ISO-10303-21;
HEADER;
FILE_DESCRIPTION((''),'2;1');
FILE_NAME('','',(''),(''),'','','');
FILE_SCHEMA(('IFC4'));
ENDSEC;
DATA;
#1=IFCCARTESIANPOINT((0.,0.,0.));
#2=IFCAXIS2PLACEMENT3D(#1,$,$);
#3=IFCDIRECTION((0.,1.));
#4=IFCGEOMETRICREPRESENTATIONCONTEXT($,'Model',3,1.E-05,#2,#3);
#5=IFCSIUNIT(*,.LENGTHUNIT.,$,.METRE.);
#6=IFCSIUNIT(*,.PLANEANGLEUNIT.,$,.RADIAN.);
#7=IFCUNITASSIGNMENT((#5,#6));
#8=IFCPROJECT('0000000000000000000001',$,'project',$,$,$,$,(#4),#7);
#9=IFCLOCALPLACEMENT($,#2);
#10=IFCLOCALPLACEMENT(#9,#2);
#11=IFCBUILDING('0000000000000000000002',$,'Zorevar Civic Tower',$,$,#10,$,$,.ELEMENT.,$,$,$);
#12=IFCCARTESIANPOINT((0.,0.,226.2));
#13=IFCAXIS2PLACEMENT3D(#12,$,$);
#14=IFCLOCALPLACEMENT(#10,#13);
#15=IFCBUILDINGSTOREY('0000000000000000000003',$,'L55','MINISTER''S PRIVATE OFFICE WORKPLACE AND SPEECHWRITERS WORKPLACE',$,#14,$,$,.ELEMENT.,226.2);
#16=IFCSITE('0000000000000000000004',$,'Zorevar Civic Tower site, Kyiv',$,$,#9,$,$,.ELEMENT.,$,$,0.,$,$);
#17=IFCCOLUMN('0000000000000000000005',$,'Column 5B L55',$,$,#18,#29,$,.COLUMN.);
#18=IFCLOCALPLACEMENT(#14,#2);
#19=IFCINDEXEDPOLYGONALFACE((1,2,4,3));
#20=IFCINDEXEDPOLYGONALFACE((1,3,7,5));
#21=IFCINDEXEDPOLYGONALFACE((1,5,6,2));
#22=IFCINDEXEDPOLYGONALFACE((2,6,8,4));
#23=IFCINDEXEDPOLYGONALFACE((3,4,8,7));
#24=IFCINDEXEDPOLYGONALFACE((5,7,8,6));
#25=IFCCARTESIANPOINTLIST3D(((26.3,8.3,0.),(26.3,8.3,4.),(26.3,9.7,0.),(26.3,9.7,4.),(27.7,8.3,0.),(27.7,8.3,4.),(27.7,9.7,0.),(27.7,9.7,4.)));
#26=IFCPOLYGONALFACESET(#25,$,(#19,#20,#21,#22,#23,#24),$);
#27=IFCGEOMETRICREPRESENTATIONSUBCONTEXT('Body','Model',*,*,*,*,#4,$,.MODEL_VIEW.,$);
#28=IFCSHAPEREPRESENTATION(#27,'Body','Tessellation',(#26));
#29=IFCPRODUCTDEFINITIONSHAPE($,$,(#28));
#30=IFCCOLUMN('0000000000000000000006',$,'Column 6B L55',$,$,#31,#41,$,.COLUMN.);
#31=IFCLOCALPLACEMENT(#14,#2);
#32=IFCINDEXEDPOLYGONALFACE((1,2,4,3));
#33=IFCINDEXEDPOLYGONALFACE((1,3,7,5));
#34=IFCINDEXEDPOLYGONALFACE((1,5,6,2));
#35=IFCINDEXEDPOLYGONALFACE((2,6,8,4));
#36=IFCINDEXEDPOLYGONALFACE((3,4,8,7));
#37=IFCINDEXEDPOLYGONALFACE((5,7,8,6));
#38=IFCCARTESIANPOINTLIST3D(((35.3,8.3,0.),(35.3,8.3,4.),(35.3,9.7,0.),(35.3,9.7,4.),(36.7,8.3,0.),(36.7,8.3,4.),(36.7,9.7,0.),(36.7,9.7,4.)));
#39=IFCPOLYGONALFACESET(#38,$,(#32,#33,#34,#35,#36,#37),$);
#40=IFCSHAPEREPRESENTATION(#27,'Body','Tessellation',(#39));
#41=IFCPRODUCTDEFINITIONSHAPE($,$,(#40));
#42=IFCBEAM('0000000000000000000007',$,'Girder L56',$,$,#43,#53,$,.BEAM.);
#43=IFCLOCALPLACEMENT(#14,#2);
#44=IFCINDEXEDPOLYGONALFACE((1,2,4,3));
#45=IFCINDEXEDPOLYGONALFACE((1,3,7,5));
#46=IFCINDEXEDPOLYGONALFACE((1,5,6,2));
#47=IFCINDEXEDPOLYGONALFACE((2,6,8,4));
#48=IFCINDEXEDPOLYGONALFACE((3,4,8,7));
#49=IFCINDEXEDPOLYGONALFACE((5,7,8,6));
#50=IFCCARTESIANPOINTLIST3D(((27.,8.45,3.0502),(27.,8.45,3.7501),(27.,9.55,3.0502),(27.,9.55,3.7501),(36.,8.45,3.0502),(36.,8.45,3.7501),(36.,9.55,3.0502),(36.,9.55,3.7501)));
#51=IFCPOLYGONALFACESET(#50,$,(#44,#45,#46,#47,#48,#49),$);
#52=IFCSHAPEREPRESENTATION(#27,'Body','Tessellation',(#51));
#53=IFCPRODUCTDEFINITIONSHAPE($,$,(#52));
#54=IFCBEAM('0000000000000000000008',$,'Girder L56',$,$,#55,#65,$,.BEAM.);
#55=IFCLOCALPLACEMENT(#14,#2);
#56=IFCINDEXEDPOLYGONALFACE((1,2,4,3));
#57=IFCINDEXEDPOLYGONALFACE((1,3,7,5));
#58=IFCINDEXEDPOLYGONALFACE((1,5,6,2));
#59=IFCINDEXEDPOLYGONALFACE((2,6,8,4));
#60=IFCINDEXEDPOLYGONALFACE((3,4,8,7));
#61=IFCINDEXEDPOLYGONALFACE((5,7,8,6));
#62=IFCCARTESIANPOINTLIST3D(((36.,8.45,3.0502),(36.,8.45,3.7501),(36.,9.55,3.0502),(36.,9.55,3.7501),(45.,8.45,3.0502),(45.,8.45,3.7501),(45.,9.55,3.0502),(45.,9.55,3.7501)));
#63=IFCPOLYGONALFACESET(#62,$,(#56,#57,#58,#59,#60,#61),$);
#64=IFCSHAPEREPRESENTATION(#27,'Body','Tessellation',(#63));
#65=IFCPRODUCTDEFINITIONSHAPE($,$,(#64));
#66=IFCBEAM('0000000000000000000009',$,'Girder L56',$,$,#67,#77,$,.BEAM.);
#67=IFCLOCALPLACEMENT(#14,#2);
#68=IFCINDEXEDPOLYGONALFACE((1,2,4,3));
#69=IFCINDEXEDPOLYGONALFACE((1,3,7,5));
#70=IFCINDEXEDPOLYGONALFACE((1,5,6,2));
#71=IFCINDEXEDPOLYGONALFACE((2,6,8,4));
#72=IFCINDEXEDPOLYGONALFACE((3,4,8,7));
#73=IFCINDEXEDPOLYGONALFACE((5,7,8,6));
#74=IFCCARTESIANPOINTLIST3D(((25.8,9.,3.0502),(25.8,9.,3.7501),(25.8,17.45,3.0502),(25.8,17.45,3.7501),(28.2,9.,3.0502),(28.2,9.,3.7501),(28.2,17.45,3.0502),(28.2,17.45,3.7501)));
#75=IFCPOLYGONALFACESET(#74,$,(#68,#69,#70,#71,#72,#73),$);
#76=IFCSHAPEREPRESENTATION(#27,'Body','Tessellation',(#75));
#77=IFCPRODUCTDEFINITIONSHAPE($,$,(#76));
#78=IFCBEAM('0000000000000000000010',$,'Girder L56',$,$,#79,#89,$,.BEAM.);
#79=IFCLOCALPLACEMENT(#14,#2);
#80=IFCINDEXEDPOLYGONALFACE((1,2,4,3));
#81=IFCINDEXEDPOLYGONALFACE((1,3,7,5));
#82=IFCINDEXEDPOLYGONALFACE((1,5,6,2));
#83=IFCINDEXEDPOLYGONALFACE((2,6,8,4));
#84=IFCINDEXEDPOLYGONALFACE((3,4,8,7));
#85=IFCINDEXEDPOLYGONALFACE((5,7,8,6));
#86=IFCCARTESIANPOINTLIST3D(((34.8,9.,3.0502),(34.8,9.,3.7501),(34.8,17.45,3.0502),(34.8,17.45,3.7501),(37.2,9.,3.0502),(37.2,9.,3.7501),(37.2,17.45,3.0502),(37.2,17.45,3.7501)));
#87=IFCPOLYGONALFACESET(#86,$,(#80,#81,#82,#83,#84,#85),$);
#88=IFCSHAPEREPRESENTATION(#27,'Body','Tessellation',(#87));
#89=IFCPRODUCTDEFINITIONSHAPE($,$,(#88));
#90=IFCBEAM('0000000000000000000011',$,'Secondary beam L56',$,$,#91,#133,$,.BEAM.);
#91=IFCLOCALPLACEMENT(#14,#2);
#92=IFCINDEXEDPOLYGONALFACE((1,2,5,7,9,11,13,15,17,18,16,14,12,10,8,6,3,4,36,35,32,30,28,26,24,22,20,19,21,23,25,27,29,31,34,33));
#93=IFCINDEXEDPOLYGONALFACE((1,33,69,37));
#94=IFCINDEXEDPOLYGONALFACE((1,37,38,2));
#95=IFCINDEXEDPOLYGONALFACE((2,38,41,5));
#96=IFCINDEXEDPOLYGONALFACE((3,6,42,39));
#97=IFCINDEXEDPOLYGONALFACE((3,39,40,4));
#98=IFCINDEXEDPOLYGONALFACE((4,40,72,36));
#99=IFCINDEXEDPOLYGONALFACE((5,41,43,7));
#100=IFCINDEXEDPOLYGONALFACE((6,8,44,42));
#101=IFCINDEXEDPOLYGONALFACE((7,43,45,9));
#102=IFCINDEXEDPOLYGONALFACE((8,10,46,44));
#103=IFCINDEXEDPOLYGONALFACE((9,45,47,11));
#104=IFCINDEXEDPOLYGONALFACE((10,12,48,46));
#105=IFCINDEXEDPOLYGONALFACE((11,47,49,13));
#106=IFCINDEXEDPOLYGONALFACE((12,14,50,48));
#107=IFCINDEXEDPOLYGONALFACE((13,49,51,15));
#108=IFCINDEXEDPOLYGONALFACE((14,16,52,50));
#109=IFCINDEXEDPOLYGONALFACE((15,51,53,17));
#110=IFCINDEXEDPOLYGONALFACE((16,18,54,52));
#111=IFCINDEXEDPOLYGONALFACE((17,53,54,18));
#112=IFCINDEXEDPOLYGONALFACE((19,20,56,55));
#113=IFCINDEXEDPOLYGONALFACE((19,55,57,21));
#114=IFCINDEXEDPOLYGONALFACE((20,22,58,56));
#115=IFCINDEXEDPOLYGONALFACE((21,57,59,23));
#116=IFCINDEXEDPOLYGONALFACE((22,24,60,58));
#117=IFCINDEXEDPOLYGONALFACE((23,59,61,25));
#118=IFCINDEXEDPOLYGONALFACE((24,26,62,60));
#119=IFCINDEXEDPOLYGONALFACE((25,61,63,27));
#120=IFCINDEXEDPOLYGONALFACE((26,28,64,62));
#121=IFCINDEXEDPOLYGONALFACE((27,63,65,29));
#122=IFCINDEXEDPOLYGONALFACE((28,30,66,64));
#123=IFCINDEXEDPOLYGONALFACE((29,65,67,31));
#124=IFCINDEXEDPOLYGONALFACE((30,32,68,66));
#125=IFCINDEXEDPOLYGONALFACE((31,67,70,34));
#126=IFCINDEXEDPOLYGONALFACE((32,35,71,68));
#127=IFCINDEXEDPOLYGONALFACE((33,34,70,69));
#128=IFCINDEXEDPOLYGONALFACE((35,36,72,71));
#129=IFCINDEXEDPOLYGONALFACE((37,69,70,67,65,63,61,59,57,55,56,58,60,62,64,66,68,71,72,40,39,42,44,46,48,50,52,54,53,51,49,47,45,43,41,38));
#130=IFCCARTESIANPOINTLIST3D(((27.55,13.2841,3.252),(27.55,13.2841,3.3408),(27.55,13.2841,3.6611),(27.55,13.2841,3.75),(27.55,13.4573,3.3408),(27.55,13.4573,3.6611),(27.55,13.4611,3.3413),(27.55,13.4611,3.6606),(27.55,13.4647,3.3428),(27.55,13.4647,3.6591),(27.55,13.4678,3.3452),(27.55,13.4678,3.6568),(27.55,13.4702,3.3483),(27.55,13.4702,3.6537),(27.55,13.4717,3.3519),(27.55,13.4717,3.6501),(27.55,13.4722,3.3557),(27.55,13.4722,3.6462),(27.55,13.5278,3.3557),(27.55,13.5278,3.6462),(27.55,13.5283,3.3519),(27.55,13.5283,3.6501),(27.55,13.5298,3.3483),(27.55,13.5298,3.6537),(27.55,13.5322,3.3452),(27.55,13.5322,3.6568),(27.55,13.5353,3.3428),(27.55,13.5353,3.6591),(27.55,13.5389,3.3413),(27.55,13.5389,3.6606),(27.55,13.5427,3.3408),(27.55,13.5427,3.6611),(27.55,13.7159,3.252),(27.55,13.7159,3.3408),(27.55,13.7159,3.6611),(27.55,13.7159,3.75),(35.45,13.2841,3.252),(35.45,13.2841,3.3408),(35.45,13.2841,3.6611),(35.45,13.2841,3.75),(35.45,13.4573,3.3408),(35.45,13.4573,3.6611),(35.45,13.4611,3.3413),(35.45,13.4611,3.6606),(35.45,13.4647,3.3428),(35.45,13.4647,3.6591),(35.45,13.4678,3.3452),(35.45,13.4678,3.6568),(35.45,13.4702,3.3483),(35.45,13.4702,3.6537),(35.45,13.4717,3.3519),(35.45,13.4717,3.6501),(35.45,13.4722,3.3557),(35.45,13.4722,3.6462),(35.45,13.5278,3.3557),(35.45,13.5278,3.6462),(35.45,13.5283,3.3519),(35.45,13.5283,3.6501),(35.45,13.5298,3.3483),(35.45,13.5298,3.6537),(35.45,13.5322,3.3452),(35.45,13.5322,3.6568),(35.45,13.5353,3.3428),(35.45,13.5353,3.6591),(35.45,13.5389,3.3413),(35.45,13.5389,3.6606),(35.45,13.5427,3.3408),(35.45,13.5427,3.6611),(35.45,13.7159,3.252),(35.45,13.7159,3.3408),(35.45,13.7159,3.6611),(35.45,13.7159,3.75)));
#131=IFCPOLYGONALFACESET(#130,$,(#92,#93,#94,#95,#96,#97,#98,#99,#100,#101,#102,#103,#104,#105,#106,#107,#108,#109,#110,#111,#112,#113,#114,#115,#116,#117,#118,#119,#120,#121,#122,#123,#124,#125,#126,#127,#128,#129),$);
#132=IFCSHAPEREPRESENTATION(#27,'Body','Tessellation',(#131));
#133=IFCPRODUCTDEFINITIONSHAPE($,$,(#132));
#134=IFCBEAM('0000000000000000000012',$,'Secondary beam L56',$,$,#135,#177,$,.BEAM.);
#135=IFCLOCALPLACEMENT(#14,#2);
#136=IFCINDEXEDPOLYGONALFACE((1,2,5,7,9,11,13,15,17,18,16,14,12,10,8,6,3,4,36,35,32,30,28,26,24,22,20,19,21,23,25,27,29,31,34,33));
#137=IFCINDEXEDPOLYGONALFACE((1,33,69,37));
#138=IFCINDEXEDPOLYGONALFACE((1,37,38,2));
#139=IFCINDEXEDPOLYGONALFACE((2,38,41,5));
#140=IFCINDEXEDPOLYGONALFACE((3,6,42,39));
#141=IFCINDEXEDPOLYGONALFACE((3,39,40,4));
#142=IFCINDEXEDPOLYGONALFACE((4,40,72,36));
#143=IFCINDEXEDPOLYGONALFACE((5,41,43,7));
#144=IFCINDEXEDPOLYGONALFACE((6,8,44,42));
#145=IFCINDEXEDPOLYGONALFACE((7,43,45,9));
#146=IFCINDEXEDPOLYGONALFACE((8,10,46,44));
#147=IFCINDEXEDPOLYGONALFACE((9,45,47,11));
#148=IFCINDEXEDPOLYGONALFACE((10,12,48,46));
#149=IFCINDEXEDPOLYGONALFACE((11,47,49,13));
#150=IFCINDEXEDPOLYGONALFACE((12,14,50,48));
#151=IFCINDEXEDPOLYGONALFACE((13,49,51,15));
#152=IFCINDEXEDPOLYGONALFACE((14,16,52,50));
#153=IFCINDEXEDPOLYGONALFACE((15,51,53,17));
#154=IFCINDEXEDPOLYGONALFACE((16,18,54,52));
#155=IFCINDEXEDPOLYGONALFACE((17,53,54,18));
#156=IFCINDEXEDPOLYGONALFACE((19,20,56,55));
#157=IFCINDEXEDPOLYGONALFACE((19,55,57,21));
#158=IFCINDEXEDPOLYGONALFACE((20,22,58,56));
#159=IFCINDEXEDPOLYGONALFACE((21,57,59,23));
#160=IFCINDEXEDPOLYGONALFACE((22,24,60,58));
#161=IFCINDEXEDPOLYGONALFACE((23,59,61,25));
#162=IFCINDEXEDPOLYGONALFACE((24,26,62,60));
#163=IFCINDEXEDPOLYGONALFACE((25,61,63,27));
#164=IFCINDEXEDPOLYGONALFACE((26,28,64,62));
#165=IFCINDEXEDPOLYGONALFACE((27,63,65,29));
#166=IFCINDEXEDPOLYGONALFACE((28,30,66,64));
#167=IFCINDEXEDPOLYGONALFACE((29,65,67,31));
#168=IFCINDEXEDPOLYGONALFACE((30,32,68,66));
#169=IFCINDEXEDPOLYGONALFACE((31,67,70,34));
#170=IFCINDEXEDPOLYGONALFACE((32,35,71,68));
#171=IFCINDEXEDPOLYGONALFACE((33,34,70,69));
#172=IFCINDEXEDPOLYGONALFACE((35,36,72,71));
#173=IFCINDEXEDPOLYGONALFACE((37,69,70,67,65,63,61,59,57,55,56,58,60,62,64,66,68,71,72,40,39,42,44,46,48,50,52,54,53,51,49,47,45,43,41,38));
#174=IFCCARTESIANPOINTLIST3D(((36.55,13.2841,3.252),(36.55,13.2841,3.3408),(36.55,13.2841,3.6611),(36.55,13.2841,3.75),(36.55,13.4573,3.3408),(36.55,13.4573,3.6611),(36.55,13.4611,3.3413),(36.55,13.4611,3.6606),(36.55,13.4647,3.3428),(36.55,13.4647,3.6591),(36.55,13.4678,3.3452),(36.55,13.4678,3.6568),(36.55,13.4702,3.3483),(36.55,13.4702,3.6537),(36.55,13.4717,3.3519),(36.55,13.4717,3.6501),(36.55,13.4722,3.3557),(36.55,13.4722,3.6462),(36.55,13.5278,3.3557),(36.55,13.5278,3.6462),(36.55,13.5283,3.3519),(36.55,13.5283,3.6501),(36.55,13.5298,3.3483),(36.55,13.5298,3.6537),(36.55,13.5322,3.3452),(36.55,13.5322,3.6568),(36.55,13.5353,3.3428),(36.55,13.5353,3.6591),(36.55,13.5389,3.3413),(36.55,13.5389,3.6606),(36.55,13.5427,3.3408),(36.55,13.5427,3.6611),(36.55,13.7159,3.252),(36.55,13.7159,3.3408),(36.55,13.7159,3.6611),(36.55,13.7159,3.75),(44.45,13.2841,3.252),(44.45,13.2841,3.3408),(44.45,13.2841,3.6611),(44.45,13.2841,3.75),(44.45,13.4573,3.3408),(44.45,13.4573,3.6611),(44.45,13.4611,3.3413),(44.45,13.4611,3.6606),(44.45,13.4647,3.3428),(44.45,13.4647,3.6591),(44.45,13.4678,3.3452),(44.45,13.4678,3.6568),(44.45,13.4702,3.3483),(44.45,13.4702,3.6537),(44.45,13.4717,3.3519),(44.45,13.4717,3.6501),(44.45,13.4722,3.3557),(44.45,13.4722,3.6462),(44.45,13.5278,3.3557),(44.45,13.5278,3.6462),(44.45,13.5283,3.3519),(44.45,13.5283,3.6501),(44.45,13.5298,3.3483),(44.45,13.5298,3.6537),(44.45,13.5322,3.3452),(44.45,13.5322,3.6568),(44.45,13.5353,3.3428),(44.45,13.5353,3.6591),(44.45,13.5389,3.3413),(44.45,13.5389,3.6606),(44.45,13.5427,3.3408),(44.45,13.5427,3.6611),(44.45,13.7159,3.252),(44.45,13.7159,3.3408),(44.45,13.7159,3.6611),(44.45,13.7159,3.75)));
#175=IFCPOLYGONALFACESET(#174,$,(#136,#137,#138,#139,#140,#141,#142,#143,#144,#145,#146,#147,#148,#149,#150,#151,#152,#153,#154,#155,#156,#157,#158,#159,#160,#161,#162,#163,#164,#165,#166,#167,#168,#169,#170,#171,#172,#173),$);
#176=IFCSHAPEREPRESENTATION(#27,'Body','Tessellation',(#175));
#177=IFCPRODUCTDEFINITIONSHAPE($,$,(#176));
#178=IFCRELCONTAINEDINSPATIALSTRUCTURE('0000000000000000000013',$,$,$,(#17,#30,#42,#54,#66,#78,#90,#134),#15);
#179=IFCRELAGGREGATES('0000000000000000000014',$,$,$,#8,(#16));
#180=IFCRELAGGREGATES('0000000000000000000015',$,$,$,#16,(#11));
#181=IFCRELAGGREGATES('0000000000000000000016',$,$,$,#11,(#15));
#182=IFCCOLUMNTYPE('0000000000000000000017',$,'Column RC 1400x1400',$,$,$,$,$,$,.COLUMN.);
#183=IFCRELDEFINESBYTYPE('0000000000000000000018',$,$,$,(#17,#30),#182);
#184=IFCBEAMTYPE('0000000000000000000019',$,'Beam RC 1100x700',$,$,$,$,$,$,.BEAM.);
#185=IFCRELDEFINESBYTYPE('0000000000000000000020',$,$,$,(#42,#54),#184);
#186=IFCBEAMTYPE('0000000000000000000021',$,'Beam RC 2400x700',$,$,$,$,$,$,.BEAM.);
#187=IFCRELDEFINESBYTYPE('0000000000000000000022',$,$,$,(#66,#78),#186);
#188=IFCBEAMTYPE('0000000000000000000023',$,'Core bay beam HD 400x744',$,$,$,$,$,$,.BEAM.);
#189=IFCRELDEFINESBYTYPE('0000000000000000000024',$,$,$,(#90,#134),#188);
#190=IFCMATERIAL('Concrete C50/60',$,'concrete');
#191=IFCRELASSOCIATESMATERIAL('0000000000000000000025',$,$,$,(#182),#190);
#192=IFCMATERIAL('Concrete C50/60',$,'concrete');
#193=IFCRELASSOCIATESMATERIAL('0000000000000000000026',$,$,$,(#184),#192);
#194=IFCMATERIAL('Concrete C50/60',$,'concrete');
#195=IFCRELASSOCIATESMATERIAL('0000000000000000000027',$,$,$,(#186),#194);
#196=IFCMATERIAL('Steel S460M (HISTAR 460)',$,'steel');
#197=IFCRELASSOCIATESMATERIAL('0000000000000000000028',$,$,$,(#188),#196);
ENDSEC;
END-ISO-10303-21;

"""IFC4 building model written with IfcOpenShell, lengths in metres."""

from ifc_helpers import new_model, si_unit, direction, frame, origin, origin_2d, place, context, subcontext, project, spatial, rectangle, i_section, extrude, material, material_profile, profile_set, type_object, element, save


model = new_model("IFC4")

# Units and contexts
model_context = context("Model", 3, precision=1e-05, world=origin(), true_north=direction((0.0, 1.0)))
body_context = subcontext(model_context, "Body", "Model", "MODEL_VIEW")
ifc_project = project(units=[si_unit("LENGTHUNIT", "METRE"), si_unit("PLANEANGLEUNIT", "RADIAN")], contexts=[model_context])

# Site, building, storey
site_placement = place(None, origin())
site = spatial("IfcSite", under=ifc_project, at=site_placement, Name="Zorevar Civic Tower site, Kyiv", CompositionType="ELEMENT", RefElevation=0.0)
building_placement = place(site_placement, origin())
building = spatial("IfcBuilding", under=site, at=building_placement, Name="Zorevar Civic Tower", CompositionType="ELEMENT")
storey_placement = place(building_placement, frame((0.0, 0.0, 226.2)))
storey = spatial("IfcBuildingStorey", under=building, at=storey_placement, Name="L55", Description="MINISTER'S PRIVATE OFFICE WORKPLACE AND SPEECHWRITERS WORKPLACE", CompositionType="ELEMENT", Elevation=226.2)

# Columns
ifc_material_1 = material(Name="Concrete C50/60", Category="concrete")
ifc_material_profile_1 = material_profile(ifc_material_1, rectangle(XDim=1.3999, YDim=1.3999, at=origin_2d()), Name="RC 1400x1400")
ifc_profile_set_1 = profile_set([ifc_material_profile_1], Name="Concrete C50/60")
column_type = type_object("IfcColumnType", Name="Column RC 1400x1400", PredefinedType="COLUMN", material=ifc_profile_set_1)
for number, where, z_axis, x_axis, name in (
    (1, (27.0, 9.0, 0.0), (0.0, 0.0, 1.0), (1.0, 0.0, 0.0), "Column 5B L55"),
    (2, (36.0, 9.0, 0.0), (0.0, 0.0, 1.0), (1.0, 0.0, 0.0), "Column 6B L55"),
):
    element("IfcColumn", number, at=place(storey_placement, frame(where, z_axis=z_axis, x_axis=x_axis)), inside=storey, type_object=column_type, Name=name, PredefinedType="COLUMN", context=body_context, shape_type="SweptSolid", body=[
        extrude(rectangle(XDim=1.3999, YDim=1.3999, at=origin_2d()), origin(), (0.0, 0.0, 1.0), 4.0),
    ])

# Beams
ifc_material_2 = material(Name="Concrete C50/60", Category="concrete")
ifc_material_profile_2 = material_profile(ifc_material_2, rectangle(XDim=1.1001, YDim=0.7, at=origin_2d()), Name="RC 1100x700")
ifc_profile_set_2 = profile_set([ifc_material_profile_2], Name="Concrete C50/60")
beam_type_1 = type_object("IfcBeamType", Name="Beam RC 1100x700", PredefinedType="BEAM", material=ifc_profile_set_2)
for number, where, z_axis, x_axis, name in (
    (3, (27.0, 9.0, 3.4001), (1.0, 0.0, 0.0), (0.0, 1.0, 0.0), "Girder L56"),
    (4, (36.0, 9.0, 3.4001), (1.0, 0.0, 0.0), (0.0, 1.0, 0.0), "Girder L56"),
):
    element("IfcBeam", number, at=place(storey_placement, frame(where, z_axis=z_axis, x_axis=x_axis)), inside=storey, type_object=beam_type_1, Name=name, PredefinedType="BEAM", context=body_context, shape_type="SweptSolid", body=[
        extrude(rectangle(XDim=1.1001, YDim=0.7, at=origin_2d()), origin(), (0.0, 0.0, 1.0), 9.0),
    ])
ifc_material_3 = material(Name="Concrete C50/60", Category="concrete")
ifc_material_profile_3 = material_profile(ifc_material_3, rectangle(XDim=2.3999, YDim=0.7, at=origin_2d()), Name="RC 2400x700")
ifc_profile_set_3 = profile_set([ifc_material_profile_3], Name="Concrete C50/60")
beam_type_2 = type_object("IfcBeamType", Name="Beam RC 2400x700", PredefinedType="BEAM", material=ifc_profile_set_3)
for number, where, z_axis, x_axis, name in (
    (5, (27.0, 9.0, 3.4001), (0.0, 1.0, 0.0), (-1.0, 0.0, 0.0), "Girder L56"),
    (6, (36.0, 9.0, 3.4001), (0.0, 1.0, 0.0), (-1.0, 0.0, 0.0), "Girder L56"),
):
    element("IfcBeam", number, at=place(storey_placement, frame(where, z_axis=z_axis, x_axis=x_axis)), inside=storey, type_object=beam_type_2, Name=name, PredefinedType="BEAM", context=body_context, shape_type="SweptSolid", body=[
        extrude(rectangle(XDim=2.3999, YDim=0.7, at=origin_2d()), origin(), (0.0, 0.0, 1.0), 8.45),
    ])
ifc_material_4 = material(Name="Steel S460M (HISTAR 460)", Category="steel")
ifc_material_profile_4 = material_profile(ifc_material_4, i_section(OverallWidth=0.4319, OverallDepth=0.498, WebThickness=0.0557, FlangeThickness=0.0889, FilletRadius=0.0149, at=origin_2d()), Name="HD 400x744")
ifc_profile_set_4 = profile_set([ifc_material_profile_4], Name="Steel S460M (HISTAR 460)")
beam_type_3 = type_object("IfcBeamType", Name="Core bay beam HD 400x744", PredefinedType="BEAM", material=ifc_profile_set_4)
for number, where, z_axis, x_axis, name in (
    (7, (27.55, 13.5, 3.501), (1.0, 0.0, 0.0), (0.0, 1.0, 0.0), "Secondary beam L56"),
    (8, (36.55, 13.5, 3.501), (1.0, 0.0, 0.0), (0.0, 1.0, 0.0), "Secondary beam L56"),
):
    element("IfcBeam", number, at=place(storey_placement, frame(where, z_axis=z_axis, x_axis=x_axis)), inside=storey, type_object=beam_type_3, Name=name, PredefinedType="BEAM", context=body_context, shape_type="SweptSolid", body=[
        extrude(i_section(OverallWidth=0.4319, OverallDepth=0.498, WebThickness=0.0557, FlangeThickness=0.0889, FilletRadius=0.0149, at=origin_2d()), origin(), (0.0, 0.0, 1.0), 7.8999),
    ])

save(model, "model.ifc")
